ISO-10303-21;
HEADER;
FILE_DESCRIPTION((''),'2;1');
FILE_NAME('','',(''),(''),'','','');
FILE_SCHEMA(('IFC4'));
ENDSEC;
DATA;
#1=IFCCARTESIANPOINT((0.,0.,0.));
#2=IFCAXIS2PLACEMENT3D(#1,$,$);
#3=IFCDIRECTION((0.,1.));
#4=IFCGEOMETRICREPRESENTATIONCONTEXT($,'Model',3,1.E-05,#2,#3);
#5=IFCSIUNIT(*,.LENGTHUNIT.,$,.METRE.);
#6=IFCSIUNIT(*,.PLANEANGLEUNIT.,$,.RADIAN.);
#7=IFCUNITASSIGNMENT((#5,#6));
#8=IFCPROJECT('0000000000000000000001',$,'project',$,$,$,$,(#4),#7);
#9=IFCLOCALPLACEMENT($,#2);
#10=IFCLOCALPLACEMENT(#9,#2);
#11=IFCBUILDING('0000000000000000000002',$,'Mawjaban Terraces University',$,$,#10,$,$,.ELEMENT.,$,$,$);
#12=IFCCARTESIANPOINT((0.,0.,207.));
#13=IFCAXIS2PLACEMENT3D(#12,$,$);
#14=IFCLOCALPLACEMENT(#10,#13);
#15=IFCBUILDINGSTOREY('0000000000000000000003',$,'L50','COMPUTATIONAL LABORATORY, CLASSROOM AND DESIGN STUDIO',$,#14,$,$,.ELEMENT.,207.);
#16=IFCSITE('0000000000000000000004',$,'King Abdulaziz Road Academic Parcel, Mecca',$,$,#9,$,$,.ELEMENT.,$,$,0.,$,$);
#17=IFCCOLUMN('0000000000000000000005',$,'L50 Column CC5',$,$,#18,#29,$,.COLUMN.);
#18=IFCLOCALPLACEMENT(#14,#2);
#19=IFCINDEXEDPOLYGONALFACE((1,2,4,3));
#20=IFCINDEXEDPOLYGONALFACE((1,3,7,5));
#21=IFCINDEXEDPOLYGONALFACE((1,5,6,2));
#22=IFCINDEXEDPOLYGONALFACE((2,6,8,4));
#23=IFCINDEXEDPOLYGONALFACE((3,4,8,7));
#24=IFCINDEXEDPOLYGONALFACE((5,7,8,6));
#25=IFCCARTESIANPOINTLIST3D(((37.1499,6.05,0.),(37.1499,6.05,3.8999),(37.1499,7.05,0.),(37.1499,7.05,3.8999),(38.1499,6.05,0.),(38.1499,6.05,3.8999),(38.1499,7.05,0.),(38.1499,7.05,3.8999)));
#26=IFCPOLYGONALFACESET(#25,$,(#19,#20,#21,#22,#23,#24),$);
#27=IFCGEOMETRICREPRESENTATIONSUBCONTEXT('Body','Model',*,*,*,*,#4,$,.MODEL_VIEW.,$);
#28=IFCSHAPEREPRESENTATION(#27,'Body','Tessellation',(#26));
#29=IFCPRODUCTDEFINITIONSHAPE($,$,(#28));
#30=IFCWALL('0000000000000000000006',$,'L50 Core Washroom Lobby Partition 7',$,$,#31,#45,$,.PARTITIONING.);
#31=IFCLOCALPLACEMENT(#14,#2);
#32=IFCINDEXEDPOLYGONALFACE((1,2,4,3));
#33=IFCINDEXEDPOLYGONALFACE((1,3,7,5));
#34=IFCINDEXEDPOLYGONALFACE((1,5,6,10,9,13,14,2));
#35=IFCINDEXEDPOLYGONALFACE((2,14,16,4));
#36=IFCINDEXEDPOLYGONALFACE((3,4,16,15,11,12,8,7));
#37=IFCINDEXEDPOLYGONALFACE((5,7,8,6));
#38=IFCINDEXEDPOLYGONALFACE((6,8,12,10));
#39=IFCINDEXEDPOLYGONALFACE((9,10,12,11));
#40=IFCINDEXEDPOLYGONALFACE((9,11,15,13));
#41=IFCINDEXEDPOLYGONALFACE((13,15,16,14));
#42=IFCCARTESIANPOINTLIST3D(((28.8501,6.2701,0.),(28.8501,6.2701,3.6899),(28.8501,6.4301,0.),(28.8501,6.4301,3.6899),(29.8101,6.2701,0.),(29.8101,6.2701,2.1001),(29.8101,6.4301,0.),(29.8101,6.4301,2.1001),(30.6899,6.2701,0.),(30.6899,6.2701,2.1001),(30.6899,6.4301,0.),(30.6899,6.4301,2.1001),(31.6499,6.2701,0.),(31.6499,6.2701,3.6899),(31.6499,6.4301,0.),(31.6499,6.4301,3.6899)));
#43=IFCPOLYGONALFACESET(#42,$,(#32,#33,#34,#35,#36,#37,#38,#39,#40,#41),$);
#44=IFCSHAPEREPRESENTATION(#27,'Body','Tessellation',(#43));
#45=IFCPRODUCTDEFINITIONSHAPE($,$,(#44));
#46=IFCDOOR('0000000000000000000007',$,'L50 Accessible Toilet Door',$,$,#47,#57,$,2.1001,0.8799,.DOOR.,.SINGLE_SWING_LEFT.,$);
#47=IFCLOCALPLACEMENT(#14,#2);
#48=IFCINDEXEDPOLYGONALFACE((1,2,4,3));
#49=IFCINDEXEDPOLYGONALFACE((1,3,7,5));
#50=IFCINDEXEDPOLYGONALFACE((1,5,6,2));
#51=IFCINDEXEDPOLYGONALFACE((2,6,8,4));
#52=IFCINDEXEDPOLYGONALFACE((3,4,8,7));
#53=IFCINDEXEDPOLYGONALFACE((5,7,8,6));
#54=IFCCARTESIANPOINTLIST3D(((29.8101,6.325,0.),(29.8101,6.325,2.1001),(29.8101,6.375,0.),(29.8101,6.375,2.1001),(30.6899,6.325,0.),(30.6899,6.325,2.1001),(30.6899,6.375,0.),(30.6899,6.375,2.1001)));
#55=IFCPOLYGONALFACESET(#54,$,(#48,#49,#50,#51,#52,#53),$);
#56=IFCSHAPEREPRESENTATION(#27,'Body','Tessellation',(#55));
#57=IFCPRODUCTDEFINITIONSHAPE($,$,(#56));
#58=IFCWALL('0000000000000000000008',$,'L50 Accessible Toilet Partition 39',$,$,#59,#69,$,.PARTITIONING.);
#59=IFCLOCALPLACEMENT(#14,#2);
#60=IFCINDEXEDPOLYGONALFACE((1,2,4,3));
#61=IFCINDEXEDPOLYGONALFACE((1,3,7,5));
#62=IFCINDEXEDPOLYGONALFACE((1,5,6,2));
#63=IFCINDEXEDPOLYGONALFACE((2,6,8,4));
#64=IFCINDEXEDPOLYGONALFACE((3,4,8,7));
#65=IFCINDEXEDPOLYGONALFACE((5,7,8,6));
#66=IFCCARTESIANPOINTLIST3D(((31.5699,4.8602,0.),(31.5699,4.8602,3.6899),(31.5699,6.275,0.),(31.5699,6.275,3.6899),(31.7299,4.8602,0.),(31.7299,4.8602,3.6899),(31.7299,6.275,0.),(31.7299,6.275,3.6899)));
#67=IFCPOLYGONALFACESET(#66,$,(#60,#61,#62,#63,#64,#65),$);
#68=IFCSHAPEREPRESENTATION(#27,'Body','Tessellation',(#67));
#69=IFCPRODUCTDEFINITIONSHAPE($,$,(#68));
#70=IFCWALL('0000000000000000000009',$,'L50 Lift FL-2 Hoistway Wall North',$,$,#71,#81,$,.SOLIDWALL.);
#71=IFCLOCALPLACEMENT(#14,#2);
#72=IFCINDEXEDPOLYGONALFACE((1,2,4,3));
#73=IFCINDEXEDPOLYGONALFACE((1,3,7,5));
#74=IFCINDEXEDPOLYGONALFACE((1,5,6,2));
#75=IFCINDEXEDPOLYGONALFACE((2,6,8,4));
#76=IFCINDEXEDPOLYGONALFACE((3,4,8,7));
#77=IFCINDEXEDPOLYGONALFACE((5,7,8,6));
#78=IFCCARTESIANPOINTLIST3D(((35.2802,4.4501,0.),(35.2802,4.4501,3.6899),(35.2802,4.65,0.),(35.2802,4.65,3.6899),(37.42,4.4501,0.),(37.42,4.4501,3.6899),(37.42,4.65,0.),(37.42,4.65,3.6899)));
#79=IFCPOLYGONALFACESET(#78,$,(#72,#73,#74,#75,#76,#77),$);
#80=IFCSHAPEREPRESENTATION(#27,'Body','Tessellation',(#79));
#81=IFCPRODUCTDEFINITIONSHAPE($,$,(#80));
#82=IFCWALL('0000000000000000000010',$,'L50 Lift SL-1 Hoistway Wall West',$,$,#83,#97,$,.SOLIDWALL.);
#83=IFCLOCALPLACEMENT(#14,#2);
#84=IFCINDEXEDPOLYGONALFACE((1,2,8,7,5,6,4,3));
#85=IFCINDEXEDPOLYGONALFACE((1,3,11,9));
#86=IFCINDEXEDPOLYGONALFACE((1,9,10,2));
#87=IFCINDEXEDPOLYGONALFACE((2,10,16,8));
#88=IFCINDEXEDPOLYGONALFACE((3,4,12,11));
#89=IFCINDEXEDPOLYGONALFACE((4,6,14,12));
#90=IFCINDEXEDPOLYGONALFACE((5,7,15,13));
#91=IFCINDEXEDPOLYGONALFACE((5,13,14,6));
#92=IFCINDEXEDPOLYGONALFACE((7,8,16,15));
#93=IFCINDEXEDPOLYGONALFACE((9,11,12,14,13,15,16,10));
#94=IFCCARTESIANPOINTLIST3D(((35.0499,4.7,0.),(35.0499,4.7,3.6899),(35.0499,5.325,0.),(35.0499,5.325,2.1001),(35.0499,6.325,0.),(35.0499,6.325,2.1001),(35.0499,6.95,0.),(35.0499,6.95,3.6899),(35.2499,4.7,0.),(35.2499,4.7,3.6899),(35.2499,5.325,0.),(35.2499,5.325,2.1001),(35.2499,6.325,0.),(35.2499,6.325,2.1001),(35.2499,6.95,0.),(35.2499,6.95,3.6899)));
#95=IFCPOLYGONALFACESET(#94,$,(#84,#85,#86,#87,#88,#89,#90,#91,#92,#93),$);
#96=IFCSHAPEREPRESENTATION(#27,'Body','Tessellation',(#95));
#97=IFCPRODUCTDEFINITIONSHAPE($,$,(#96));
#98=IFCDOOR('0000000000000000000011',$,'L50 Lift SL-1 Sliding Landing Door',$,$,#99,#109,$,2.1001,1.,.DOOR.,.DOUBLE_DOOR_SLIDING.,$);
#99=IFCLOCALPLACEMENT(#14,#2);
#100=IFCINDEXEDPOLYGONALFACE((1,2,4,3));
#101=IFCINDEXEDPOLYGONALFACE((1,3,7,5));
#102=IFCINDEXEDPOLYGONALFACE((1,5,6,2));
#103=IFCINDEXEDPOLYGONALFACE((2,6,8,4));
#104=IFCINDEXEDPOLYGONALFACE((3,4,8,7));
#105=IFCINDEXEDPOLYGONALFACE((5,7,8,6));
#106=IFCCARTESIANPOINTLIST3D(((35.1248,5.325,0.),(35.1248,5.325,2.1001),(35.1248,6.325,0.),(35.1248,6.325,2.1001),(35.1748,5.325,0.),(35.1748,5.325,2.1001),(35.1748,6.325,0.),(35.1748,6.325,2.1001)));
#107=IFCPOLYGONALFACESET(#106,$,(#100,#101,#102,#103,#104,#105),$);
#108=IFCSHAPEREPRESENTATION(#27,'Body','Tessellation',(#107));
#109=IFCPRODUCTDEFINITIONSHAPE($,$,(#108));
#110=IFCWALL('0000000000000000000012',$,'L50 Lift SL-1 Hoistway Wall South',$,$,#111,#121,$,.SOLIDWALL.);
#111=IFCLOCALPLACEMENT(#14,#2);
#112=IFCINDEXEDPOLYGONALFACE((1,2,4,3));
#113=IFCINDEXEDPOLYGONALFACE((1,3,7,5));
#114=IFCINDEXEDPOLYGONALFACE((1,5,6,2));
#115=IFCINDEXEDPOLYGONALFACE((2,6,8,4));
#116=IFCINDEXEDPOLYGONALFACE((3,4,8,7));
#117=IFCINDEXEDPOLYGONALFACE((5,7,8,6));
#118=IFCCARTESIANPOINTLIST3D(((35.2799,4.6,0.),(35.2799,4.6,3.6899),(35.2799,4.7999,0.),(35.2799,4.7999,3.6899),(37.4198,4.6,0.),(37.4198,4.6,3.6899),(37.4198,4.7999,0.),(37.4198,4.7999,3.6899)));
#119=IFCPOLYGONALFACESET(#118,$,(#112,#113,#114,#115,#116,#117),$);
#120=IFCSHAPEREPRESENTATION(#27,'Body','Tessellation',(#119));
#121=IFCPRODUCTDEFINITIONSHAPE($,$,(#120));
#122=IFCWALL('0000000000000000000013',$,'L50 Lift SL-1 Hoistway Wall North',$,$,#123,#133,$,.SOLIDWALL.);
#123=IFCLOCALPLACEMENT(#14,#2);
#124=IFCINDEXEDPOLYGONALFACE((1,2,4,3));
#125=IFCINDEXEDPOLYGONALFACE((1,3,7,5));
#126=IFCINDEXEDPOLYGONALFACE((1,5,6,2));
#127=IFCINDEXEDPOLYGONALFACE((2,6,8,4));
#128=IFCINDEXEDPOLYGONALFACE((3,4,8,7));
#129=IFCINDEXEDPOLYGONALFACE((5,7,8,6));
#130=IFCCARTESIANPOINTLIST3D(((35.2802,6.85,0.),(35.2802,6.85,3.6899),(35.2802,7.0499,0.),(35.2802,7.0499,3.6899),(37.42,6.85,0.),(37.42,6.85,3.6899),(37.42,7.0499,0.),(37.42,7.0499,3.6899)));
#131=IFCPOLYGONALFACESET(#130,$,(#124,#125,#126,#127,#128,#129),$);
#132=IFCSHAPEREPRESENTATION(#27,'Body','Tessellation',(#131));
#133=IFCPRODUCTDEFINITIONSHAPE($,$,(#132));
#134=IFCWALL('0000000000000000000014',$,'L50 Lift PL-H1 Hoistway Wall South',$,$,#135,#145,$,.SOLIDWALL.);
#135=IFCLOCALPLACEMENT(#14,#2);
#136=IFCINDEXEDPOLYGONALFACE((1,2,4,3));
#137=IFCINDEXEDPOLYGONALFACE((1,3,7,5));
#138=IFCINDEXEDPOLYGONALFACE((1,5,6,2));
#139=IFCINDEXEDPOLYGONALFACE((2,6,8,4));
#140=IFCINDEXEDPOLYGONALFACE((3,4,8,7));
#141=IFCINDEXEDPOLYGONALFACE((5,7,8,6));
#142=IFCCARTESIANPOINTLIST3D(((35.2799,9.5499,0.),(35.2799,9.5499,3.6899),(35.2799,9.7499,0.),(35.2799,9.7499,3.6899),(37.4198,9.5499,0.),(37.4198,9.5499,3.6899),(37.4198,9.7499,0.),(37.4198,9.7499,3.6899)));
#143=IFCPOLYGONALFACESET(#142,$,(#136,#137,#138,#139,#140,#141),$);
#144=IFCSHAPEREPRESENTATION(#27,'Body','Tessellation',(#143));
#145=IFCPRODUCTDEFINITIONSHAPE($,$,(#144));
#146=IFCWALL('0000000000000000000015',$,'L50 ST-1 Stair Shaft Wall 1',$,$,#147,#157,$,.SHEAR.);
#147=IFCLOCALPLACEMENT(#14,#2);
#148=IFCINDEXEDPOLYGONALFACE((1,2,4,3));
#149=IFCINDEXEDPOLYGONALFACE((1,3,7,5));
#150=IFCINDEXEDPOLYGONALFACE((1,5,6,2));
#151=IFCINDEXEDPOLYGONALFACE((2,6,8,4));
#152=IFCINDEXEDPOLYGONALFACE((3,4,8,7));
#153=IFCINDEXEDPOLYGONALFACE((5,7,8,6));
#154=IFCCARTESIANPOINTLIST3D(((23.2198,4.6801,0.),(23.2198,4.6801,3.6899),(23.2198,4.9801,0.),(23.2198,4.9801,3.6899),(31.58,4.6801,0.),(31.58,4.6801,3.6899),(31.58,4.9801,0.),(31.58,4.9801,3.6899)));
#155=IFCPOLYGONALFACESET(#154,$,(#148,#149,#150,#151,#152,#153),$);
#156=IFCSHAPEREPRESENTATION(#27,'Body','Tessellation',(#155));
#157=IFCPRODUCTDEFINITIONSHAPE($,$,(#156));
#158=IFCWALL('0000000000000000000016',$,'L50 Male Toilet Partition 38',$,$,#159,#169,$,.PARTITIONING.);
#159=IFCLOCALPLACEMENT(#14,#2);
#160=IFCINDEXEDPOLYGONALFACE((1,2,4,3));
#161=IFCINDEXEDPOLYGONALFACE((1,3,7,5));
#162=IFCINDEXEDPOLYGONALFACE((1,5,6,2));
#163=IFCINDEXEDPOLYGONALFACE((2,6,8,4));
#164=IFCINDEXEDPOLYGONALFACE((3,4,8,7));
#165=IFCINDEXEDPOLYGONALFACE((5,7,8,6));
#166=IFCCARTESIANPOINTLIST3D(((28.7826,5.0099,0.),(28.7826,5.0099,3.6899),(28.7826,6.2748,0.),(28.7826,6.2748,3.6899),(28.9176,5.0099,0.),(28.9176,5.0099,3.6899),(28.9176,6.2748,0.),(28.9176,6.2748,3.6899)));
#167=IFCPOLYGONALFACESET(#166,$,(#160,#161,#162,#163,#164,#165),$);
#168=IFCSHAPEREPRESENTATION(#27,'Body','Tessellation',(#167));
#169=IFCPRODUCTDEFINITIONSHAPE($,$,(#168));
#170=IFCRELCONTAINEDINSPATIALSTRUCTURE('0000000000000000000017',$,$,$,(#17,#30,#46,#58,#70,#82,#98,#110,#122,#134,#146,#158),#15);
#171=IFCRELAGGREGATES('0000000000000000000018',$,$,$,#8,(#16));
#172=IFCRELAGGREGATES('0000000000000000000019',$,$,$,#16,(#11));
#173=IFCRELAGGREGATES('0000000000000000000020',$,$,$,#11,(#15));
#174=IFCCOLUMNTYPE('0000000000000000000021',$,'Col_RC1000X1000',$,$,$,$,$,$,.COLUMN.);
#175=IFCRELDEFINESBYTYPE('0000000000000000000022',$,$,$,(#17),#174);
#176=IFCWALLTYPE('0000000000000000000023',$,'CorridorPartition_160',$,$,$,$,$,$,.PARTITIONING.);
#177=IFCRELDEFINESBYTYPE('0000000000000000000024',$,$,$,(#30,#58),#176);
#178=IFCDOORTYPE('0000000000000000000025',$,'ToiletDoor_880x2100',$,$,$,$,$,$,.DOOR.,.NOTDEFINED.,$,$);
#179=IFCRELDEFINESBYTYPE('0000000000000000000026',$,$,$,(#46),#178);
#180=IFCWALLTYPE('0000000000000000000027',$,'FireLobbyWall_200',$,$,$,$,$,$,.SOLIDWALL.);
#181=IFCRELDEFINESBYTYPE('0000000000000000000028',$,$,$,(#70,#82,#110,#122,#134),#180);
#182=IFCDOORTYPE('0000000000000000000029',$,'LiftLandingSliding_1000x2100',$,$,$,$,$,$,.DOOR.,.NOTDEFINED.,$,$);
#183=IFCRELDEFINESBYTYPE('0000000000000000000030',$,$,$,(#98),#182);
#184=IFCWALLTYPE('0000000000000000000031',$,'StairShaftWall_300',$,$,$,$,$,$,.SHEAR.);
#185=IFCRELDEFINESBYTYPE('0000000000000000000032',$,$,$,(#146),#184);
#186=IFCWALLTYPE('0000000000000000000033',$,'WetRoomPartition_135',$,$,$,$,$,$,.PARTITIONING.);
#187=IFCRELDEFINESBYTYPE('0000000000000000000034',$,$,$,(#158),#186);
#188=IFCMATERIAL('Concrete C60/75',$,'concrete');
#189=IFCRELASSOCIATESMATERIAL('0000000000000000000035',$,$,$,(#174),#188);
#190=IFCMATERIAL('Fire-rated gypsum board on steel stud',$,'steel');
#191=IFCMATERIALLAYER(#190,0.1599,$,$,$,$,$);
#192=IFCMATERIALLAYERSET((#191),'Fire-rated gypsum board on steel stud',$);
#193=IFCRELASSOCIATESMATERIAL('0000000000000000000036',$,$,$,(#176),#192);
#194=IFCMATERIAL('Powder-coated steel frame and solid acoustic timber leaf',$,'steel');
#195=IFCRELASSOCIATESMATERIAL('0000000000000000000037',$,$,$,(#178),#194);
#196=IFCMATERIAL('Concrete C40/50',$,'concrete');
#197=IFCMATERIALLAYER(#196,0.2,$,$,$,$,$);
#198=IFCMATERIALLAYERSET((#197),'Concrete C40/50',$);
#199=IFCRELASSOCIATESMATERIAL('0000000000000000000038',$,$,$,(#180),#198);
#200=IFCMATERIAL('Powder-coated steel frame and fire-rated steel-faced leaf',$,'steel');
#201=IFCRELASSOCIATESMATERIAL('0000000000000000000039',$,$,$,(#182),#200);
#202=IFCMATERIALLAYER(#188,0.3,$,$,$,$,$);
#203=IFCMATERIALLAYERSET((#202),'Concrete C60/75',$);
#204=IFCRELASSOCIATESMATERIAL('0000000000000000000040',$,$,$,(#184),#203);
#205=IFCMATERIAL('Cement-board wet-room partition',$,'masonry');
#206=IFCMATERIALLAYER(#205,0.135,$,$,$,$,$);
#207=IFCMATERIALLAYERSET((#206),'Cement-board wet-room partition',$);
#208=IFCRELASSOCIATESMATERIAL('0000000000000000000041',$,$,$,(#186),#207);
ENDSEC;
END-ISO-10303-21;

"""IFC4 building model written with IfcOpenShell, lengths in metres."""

from ifc_helpers import new_model, si_unit, direction, frame, frame_2d, origin, origin_2d, place, context, subcontext, project, spatial, rectangle, extrude, material, layer, layer_set, material_profile, profile_set, type_object, element, fill, save


model = new_model("IFC4")

# Units and contexts
model_context = context("Model", 3, precision=1e-05, world=origin(), true_north=direction((0.0, 1.0)))
body_context = subcontext(model_context, "Body", "Model", "MODEL_VIEW")
ifc_project = project(units=[si_unit("LENGTHUNIT", "METRE"), si_unit("PLANEANGLEUNIT", "RADIAN")], contexts=[model_context])

# Site, building, storey
site_placement = place(None, origin())
site = spatial("IfcSite", under=ifc_project, at=site_placement, Name="King Abdulaziz Road Academic Parcel, Mecca", CompositionType="ELEMENT", RefElevation=0.0)
building_placement = place(site_placement, origin())
building = spatial("IfcBuilding", under=site, at=building_placement, Name="Mawjaban Terraces University", CompositionType="ELEMENT")
storey_placement = place(building_placement, frame((0.0, 0.0, 207.0)))
storey = spatial("IfcBuildingStorey", under=building, at=storey_placement, Name="L50", Description="COMPUTATIONAL LABORATORY, CLASSROOM AND DESIGN STUDIO", CompositionType="ELEMENT", Elevation=207.0)

# Column
ifc_material_1 = material(Name="Concrete C60/75", Category="concrete")
ifc_material_profile = material_profile(ifc_material_1, rectangle(XDim=1.0, YDim=1.0, at=origin_2d()), Name="RC1000X1000")
ifc_profile_set = profile_set([ifc_material_profile], Name="Concrete C60/75")
column_type = type_object("IfcColumnType", Name="Col_RC1000X1000", PredefinedType="COLUMN", material=ifc_profile_set)
column_placement = place(storey_placement, frame((37.6499, 6.55, 0.0), z_axis=(0.0, 0.0, 1.0), x_axis=(1.0, 0.0, 0.0)))
element("IfcColumn", 1, at=column_placement, inside=storey, type_object=column_type, Name="L50 Column CC5", PredefinedType="COLUMN", context=body_context, shape_type="SweptSolid", body=[
    extrude(rectangle(XDim=1.0, YDim=1.0, at=origin_2d()), origin(), (0.0, 0.0, 1.0), 3.8999),
])

# Wall, opening, door
ifc_material_2 = material(Name="Fire-rated gypsum board on steel stud", Category="steel")
ifc_layer_1 = layer(ifc_material_2, 0.1599)
ifc_layer_set_1 = layer_set([ifc_layer_1], Name="Fire-rated gypsum board on steel stud")
wall_type_1 = type_object("IfcWallType", Name="CorridorPartition_160", PredefinedType="PARTITIONING", material=ifc_layer_set_1)
wall_1_placement = place(storey_placement, frame((28.8501, 6.3501, 0.0), z_axis=(0.0, 0.0, 1.0), x_axis=(1.0, 0.0, 0.0)))
wall_1 = element("IfcWall", 2, at=wall_1_placement, inside=storey, type_object=wall_type_1, Name="L50 Core Washroom Lobby Partition 7", PredefinedType="PARTITIONING", context=body_context, shape_type="SweptSolid", body=[
    extrude(rectangle(XDim=2.7998, YDim=0.1599, at=frame_2d((1.3999, 0.0))), origin(), (0.0, 0.0, 1.0), 3.6899),
])
opening_1_placement = place(wall_1_placement, frame((0.96, 0.0, 0.0)))
opening_1 = element("IfcOpeningElement", 3, at=opening_1_placement, cuts=wall_1, PredefinedType="OPENING", context=body_context, shape_type="SweptSolid", body=[
    extrude(rectangle(XDim=0.8799, YDim=2.1001, at=frame_2d((0.4399, 1.05))), frame((0.0, 0.0898, 0.0), z_axis=(0.0, -1.0, 0.0), x_axis=(1.0, 0.0, 0.0)), (0.0, 0.0, 1.0), 0.1799),
])
ifc_material_3 = material(Name="Powder-coated steel frame and solid acoustic timber leaf", Category="steel")
door_type_1 = type_object("IfcDoorType", Name="ToiletDoor_880x2100", OperationType="NOTDEFINED", PredefinedType="DOOR", material=ifc_material_3)
door_1_placement = place(opening_1_placement, origin())
door_1 = element("IfcDoor", 4, at=door_1_placement, inside=storey, type_object=door_type_1, Name="L50 Accessible Toilet Door", OperationType="SINGLE_SWING_LEFT", OverallHeight=2.1001, OverallWidth=0.8799, PredefinedType="DOOR", context=body_context, shape_type="SweptSolid", body=[
    extrude(rectangle(XDim=0.8799, YDim=2.1001, at=frame_2d((0.4399, 1.05))), frame((0.0, 0.0249, 0.0), z_axis=(0.0, -1.0, 0.0), x_axis=(1.0, 0.0, 0.0)), (0.0, 0.0, 1.0), 0.05),
])
fill(opening_1, door_1)

# Walls
wall_2_placement = place(storey_placement, frame((31.6499, 4.8601, 0.0), z_axis=(0.0, 0.0, 1.0), x_axis=(0.0, 1.0, 0.0)))
element("IfcWall", 5, at=wall_2_placement, inside=storey, type_object=wall_type_1, Name="L50 Accessible Toilet Partition 39", PredefinedType="PARTITIONING", context=body_context, shape_type="SweptSolid", body=[
    extrude(rectangle(XDim=1.4148, YDim=0.1599, at=frame_2d((0.7075, 0.0))), origin(), (0.0, 0.0, 1.0), 3.6899),
])
ifc_material_4 = material(Name="Concrete C40/50", Category="concrete")
ifc_layer_2 = layer(ifc_material_4, 0.2)
ifc_layer_set_2 = layer_set([ifc_layer_2], Name="Concrete C40/50")
wall_type_2 = type_object("IfcWallType", Name="FireLobbyWall_200", PredefinedType="SOLIDWALL", material=ifc_layer_set_2)
wall_3_placement = place(storey_placement, frame((37.4199, 4.55, 0.0), z_axis=(0.0, 0.0, 1.0), x_axis=(-1.0, 0.0, 0.0)))
element("IfcWall", 6, at=wall_3_placement, inside=storey, type_object=wall_type_2, Name="L50 Lift FL-2 Hoistway Wall North", PredefinedType="SOLIDWALL", context=body_context, shape_type="SweptSolid", body=[
    extrude(rectangle(XDim=2.1399, YDim=0.2, at=frame_2d((1.0698, 0.0))), origin(), (0.0, 0.0, 1.0), 3.6899),
])

# Wall, opening, door
wall_4_placement = place(storey_placement, frame((35.1499, 6.95, 0.0), z_axis=(0.0, 0.0, 1.0), x_axis=(0.0, -1.0, 0.0)))
wall_4 = element("IfcWall", 7, at=wall_4_placement, inside=storey, type_object=wall_type_2, Name="L50 Lift SL-1 Hoistway Wall West", PredefinedType="SOLIDWALL", context=body_context, shape_type="SweptSolid", body=[
    extrude(rectangle(XDim=2.25, YDim=0.2, at=frame_2d((1.125, 0.0))), origin(), (0.0, 0.0, 1.0), 3.6899),
])
opening_2_placement = place(wall_4_placement, frame((0.625, 0.0, 0.0)))
opening_2 = element("IfcOpeningElement", 8, at=opening_2_placement, cuts=wall_4, PredefinedType="OPENING", context=body_context, shape_type="SweptSolid", body=[
    extrude(rectangle(XDim=1.0, YDim=2.1001, at=frame_2d((0.5, 1.05))), frame((0.0, 0.1099, 0.0), z_axis=(0.0, -1.0, 0.0), x_axis=(1.0, 0.0, 0.0)), (0.0, 0.0, 1.0), 0.22),
])
ifc_material_5 = material(Name="Powder-coated steel frame and fire-rated steel-faced leaf", Category="steel")
door_type_2 = type_object("IfcDoorType", Name="LiftLandingSliding_1000x2100", OperationType="NOTDEFINED", PredefinedType="DOOR", material=ifc_material_5)
door_2_placement = place(opening_2_placement, origin())
door_2 = element("IfcDoor", 9, at=door_2_placement, inside=storey, type_object=door_type_2, Name="L50 Lift SL-1 Sliding Landing Door", OperationType="DOUBLE_DOOR_SLIDING", OverallHeight=2.1001, OverallWidth=1.0, PredefinedType="DOOR", context=body_context, shape_type="SweptSolid", body=[
    extrude(rectangle(XDim=1.0, YDim=2.1001, at=frame_2d((0.5, 1.05))), frame((0.0, 0.0249, 0.0), z_axis=(0.0, -1.0, 0.0), x_axis=(1.0, 0.0, 0.0)), (0.0, 0.0, 1.0), 0.05),
])
fill(opening_2, door_2)

# Walls
for number, where, z_axis, x_axis, name in (
    (10, (35.28, 4.7, 0.0), (0.0, 0.0, 1.0), (1.0, 0.0, 0.0), "L50 Lift SL-1 Hoistway Wall South"),
    (11, (37.4199, 6.95, 0.0), (0.0, 0.0, 1.0), (-1.0, 0.0, 0.0), "L50 Lift SL-1 Hoistway Wall North"),
    (12, (35.28, 9.6499, 0.0), (0.0, 0.0, 1.0), (1.0, 0.0, 0.0), "L50 Lift PL-H1 Hoistway Wall South"),
):
    element("IfcWall", number, at=place(storey_placement, frame(where, z_axis=z_axis, x_axis=x_axis)), inside=storey, type_object=wall_type_2, Name=name, PredefinedType="SOLIDWALL", context=body_context, shape_type="SweptSolid", body=[
        extrude(rectangle(XDim=2.1399, YDim=0.2, at=frame_2d((1.0698, 0.0))), origin(), (0.0, 0.0, 1.0), 3.6899),
    ])

# Wall
ifc_layer_3 = layer(ifc_material_1, 0.3)
ifc_layer_set_3 = layer_set([ifc_layer_3], Name="Concrete C60/75")
wall_type_3 = type_object("IfcWallType", Name="StairShaftWall_300", PredefinedType="SHEAR", material=ifc_layer_set_3)
wall_5_placement = place(storey_placement, frame((31.5801, 4.8301, 0.0), z_axis=(0.0, 0.0, 1.0), x_axis=(-1.0, 0.0, 0.0)))
element("IfcWall", 13, at=wall_5_placement, inside=storey, type_object=wall_type_3, Name="L50 ST-1 Stair Shaft Wall 1", PredefinedType="SHEAR", context=body_context, shape_type="SweptSolid", body=[
    extrude(rectangle(XDim=8.3601, YDim=0.3, at=frame_2d((4.1802, 0.0))), origin(), (0.0, 0.0, 1.0), 3.6899),
])

# Wall
ifc_material_6 = material(Name="Cement-board wet-room partition", Category="masonry")
ifc_layer_4 = layer(ifc_material_6, 0.135)
ifc_layer_set_4 = layer_set([ifc_layer_4], Name="Cement-board wet-room partition")
wall_type_4 = type_object("IfcWallType", Name="WetRoomPartition_135", PredefinedType="PARTITIONING", material=ifc_layer_set_4)
wall_6_placement = place(storey_placement, frame((28.8501, 5.01, 0.0), z_axis=(0.0, 0.0, 1.0), x_axis=(0.0, 1.0, 0.0)))
element("IfcWall", 14, at=wall_6_placement, inside=storey, type_object=wall_type_4, Name="L50 Male Toilet Partition 38", PredefinedType="PARTITIONING", context=body_context, shape_type="SweptSolid", body=[
    extrude(rectangle(XDim=1.2649, YDim=0.135, at=frame_2d((0.6323, 0.0))), origin(), (0.0, 0.0, 1.0), 3.6899),
])

save(model, "model.ifc")
